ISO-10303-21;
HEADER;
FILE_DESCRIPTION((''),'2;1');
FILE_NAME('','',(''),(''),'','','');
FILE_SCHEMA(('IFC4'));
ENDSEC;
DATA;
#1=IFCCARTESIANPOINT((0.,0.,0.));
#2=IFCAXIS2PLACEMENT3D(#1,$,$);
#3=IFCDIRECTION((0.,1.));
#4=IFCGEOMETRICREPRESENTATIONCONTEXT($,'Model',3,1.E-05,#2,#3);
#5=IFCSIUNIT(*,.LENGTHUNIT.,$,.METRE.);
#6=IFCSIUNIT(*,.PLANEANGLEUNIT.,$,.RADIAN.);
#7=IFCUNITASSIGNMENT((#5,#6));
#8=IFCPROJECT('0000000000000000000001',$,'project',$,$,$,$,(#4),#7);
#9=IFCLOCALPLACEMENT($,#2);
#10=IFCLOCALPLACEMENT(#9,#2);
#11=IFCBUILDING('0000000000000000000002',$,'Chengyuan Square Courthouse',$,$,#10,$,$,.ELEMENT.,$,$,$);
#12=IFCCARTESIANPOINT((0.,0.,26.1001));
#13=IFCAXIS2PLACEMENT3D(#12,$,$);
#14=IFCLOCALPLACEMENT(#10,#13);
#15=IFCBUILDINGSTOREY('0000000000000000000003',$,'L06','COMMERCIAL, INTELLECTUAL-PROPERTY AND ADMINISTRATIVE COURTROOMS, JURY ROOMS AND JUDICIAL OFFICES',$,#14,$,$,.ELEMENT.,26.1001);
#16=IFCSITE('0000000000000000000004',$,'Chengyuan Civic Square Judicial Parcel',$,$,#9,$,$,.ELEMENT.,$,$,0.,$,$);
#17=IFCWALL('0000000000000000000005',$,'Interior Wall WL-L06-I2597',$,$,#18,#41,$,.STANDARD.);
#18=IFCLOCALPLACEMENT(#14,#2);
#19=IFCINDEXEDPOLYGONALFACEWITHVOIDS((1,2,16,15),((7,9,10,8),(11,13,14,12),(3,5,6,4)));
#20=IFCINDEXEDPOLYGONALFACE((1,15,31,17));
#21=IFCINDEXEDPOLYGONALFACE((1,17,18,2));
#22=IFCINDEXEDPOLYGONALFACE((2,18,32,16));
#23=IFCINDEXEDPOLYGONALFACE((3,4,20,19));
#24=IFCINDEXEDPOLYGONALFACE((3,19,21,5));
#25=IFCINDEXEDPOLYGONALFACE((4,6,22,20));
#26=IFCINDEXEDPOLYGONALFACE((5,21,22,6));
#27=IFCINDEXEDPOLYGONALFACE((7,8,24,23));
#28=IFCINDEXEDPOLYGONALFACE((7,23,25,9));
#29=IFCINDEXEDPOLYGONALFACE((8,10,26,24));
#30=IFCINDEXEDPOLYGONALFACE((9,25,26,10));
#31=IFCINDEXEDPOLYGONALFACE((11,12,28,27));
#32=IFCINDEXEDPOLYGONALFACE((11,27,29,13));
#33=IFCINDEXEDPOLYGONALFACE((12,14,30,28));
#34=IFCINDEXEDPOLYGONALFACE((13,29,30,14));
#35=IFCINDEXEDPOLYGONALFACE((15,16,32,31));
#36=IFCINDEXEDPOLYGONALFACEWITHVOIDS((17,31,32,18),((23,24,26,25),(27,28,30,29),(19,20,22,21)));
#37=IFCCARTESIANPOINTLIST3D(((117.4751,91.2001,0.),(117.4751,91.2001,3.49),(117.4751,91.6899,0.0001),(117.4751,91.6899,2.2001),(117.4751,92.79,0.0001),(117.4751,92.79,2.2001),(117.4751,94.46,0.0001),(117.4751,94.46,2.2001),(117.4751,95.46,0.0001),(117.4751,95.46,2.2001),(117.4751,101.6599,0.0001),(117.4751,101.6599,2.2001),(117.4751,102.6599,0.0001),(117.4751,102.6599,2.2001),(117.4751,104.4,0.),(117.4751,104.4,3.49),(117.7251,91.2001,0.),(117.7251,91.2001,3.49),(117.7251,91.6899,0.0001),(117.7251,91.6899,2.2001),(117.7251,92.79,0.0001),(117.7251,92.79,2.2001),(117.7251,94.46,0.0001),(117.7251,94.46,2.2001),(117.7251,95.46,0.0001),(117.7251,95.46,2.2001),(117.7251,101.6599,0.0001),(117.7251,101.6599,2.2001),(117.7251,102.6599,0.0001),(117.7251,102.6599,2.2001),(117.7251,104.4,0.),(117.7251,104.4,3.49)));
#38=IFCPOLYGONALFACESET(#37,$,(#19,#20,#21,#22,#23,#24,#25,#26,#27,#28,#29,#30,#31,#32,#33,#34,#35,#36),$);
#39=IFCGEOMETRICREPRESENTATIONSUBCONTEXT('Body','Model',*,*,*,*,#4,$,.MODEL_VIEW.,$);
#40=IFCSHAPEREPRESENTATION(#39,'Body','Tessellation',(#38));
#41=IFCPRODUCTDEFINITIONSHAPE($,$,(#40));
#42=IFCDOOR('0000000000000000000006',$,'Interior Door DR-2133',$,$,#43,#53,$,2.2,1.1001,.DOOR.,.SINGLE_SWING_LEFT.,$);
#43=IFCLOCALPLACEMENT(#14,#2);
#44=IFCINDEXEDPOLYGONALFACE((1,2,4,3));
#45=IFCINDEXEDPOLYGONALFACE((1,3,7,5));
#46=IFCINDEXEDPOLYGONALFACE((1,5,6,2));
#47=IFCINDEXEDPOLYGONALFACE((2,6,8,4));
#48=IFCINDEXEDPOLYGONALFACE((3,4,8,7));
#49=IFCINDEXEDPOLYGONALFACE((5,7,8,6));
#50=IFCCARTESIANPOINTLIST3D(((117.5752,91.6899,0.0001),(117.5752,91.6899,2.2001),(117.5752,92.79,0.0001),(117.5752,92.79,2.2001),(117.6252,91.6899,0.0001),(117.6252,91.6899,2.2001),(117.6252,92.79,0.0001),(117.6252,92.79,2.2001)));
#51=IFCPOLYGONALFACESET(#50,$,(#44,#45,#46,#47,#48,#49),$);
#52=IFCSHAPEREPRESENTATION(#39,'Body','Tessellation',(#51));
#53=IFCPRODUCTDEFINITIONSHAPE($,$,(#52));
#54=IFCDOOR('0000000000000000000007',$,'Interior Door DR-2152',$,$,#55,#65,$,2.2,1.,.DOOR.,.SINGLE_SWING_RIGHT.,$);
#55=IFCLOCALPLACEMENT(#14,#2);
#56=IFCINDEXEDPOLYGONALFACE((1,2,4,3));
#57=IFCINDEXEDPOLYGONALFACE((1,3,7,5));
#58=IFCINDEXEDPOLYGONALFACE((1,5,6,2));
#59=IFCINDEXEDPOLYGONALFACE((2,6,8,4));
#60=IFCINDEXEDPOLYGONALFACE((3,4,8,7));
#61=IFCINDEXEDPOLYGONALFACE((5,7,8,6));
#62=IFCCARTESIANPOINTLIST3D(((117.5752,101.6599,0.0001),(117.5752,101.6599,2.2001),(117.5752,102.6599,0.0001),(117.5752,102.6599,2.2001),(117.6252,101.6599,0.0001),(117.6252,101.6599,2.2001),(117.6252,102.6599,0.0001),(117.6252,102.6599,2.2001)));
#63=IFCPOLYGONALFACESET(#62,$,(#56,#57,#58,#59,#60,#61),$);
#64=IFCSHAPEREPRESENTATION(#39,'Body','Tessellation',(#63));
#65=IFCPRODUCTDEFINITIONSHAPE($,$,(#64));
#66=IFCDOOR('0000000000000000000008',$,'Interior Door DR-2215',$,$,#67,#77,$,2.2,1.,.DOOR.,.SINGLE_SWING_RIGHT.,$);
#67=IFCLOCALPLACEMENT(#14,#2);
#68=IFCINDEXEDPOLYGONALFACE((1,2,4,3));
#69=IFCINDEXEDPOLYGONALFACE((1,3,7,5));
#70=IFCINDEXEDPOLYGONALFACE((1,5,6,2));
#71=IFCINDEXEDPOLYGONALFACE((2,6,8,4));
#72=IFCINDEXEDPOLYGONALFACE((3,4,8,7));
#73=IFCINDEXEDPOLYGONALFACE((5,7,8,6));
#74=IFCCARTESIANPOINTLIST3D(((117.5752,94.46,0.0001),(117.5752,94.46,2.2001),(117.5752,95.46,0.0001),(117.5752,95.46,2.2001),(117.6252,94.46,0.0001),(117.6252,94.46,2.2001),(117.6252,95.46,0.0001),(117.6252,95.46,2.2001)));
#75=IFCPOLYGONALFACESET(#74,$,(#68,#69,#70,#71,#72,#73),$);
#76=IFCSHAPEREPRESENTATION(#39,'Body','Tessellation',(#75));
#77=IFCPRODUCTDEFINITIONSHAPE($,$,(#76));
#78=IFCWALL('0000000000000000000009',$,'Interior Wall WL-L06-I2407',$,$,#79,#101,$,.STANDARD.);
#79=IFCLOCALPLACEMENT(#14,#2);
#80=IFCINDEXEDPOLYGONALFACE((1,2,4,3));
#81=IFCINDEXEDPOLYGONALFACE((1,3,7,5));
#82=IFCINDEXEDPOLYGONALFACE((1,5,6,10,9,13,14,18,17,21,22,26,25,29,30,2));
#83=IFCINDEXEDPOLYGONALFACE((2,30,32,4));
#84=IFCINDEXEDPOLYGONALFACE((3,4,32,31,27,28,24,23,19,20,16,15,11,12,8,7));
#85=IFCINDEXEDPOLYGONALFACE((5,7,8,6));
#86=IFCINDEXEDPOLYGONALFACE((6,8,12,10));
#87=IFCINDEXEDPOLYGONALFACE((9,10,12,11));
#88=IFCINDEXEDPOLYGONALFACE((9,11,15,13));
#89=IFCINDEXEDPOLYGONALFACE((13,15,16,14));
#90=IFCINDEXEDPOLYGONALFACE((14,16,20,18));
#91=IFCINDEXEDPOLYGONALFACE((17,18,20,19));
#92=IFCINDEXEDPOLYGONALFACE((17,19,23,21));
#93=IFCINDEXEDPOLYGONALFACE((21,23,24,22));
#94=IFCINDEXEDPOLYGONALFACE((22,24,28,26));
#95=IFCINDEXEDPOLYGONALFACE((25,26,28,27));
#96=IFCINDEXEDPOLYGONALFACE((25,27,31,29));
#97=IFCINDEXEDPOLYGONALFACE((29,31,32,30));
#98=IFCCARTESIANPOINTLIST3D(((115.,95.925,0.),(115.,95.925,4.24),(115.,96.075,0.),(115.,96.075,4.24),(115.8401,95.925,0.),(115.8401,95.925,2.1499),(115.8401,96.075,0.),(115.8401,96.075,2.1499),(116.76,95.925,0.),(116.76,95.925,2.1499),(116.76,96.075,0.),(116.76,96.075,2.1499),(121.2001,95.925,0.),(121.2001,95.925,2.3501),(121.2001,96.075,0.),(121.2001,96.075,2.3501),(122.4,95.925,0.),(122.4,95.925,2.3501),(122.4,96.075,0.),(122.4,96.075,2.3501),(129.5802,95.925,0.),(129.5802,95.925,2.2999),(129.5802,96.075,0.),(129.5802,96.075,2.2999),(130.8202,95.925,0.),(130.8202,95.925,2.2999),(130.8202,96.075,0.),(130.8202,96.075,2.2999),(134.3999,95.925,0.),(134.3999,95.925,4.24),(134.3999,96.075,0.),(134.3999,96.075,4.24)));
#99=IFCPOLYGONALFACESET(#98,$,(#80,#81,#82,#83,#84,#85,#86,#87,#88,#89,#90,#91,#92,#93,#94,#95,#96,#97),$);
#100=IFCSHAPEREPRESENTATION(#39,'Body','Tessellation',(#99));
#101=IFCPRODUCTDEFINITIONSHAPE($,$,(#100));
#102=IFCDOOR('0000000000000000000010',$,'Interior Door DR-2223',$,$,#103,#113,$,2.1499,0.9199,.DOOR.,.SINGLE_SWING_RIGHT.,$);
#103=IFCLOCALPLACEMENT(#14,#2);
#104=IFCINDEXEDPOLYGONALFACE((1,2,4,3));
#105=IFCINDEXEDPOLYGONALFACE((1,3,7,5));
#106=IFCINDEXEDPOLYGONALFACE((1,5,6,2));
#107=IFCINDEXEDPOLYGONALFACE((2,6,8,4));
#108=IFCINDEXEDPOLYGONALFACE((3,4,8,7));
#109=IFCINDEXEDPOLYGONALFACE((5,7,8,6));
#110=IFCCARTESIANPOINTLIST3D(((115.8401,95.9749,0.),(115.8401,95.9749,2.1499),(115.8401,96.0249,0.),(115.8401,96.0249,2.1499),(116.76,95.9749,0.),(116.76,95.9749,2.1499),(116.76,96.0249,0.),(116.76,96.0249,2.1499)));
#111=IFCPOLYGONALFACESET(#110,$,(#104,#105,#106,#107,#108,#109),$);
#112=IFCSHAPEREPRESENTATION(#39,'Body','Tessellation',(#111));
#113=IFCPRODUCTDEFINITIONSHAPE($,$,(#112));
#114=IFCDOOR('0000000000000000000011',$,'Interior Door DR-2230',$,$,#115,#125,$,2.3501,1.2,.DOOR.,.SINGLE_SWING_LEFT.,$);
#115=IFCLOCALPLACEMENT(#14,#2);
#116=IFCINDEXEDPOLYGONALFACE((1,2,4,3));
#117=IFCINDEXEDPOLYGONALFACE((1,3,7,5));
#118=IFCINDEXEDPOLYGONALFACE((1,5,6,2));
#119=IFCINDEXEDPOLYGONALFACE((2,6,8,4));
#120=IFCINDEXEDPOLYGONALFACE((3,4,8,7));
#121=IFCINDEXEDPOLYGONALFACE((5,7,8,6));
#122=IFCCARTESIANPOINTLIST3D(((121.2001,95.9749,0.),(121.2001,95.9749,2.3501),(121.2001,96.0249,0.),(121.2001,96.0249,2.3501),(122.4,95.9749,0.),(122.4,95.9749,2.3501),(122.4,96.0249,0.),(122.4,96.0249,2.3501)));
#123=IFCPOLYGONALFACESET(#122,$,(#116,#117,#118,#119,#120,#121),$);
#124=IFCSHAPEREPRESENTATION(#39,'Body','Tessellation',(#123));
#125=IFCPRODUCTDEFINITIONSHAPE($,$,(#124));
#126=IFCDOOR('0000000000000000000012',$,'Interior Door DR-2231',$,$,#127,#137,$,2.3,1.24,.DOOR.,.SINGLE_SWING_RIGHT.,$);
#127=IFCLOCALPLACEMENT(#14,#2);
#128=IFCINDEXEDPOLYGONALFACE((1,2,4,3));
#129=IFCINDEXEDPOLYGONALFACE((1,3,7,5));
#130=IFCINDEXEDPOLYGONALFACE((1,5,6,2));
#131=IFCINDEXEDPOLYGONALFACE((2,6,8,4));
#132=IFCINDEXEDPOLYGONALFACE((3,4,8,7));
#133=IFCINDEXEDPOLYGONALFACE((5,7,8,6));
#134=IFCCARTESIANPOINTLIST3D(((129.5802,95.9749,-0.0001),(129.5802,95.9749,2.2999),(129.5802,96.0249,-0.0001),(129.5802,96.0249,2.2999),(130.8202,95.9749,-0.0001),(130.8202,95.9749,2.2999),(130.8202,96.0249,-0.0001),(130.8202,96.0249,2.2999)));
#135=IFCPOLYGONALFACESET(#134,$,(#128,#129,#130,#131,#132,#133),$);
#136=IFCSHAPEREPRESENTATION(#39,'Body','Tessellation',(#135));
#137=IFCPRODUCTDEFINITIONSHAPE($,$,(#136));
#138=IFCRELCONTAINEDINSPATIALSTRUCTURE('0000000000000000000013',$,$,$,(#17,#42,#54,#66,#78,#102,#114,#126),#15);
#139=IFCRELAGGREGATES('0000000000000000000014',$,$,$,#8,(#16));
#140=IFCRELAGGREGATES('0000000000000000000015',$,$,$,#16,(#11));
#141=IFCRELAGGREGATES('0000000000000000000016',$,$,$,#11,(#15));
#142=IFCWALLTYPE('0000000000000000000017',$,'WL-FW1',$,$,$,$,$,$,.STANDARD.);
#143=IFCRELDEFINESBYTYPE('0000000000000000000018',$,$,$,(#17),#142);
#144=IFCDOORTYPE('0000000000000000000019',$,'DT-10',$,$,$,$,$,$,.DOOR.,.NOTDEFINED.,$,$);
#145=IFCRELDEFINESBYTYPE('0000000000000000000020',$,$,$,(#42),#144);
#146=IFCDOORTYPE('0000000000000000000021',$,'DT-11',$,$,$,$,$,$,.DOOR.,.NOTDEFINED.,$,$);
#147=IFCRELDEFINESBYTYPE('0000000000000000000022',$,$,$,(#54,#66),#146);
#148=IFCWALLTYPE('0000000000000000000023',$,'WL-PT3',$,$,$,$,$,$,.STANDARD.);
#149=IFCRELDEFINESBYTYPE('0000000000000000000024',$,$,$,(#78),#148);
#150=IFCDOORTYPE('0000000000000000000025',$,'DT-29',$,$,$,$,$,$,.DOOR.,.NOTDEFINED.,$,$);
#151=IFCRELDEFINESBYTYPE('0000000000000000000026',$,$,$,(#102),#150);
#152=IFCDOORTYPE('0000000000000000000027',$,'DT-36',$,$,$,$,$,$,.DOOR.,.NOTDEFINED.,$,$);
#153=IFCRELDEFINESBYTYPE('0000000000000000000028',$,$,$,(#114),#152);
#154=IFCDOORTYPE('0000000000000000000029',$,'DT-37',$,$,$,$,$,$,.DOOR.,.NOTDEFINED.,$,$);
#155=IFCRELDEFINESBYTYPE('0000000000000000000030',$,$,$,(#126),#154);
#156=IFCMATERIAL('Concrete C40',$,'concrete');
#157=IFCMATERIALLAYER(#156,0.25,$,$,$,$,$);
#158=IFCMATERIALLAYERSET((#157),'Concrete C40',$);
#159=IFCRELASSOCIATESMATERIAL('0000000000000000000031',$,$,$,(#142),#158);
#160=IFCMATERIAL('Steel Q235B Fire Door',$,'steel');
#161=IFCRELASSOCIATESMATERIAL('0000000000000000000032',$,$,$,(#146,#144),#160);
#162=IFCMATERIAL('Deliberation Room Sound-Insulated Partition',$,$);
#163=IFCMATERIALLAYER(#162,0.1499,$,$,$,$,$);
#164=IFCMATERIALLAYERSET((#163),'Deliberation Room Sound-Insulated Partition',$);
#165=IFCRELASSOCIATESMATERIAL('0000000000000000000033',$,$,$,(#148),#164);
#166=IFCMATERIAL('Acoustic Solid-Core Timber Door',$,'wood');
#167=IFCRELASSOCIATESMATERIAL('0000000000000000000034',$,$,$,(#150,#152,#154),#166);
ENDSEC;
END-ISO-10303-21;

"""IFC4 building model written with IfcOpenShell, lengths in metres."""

from ifc_helpers import new_model, si_unit, direction, frame, frame_2d, origin, place, context, subcontext, project, spatial, rectangle, extrude, material, layer, layer_set, type_object, element, fill, save


model = new_model("IFC4")

# Units and contexts
model_context = context("Model", 3, precision=1e-05, world=origin(), true_north=direction((0.0, 1.0)))
body_context = subcontext(model_context, "Body", "Model", "MODEL_VIEW")
ifc_project = project(units=[si_unit("LENGTHUNIT", "METRE"), si_unit("PLANEANGLEUNIT", "RADIAN")], contexts=[model_context])

# Site, building, storey
site_placement = place(None, origin())
site = spatial("IfcSite", under=ifc_project, at=site_placement, Name="Chengyuan Civic Square Judicial Parcel", CompositionType="ELEMENT", RefElevation=0.0)
building_placement = place(site_placement, origin())
building = spatial("IfcBuilding", under=site, at=building_placement, Name="Chengyuan Square Courthouse", CompositionType="ELEMENT")
storey_placement = place(building_placement, frame((0.0, 0.0, 26.1001)))
storey = spatial("IfcBuildingStorey", under=building, at=storey_placement, Name="L06", Description="COMMERCIAL, INTELLECTUAL-PROPERTY AND ADMINISTRATIVE COURTROOMS, JURY ROOMS AND JUDICIAL OFFICES", CompositionType="ELEMENT", Elevation=26.1001)

# Shared definitions
ifc_material_1 = material(Name="Concrete C40", Category="concrete")

# Shared definitions
ifc_layer_1 = layer(ifc_material_1, 0.25)
ifc_layer_set_1 = layer_set([ifc_layer_1], Name="Concrete C40")
wall_type_1 = type_object("IfcWallType", Name="WL-FW1", PredefinedType="STANDARD", material=ifc_layer_set_1)

# Shared definitions
ifc_material_2 = material(Name="Steel Q235B Fire Door", Category="steel")
door_type_1 = type_object("IfcDoorType", Name="DT-11", OperationType="NOTDEFINED", PredefinedType="DOOR", material=ifc_material_2)

# Walls, openings, doors
wall_1_placement = place(storey_placement, frame((117.6001, 91.2, 0.0), z_axis=(0.0, 0.0, 1.0), x_axis=(0.0, 1.0, 0.0)))
wall_1 = element("IfcWall", 1, at=wall_1_placement, inside=storey, type_object=wall_type_1, Name="Interior Wall WL-L06-I2597", PredefinedType="STANDARD", context=body_context, shape_type="SweptSolid", body=[
    extrude(rectangle(XDim=13.2, YDim=0.25, at=frame_2d((6.6001, 0.0))), origin(), (0.0, 0.0, 1.0), 3.49),
])
opening_1_placement = place(wall_1_placement, frame((0.49, 0.0, 0.0)))
opening_1 = element("IfcOpeningElement", 2, at=opening_1_placement, cuts=wall_1, PredefinedType="OPENING", context=body_context, shape_type="SweptSolid", body=[
    extrude(rectangle(XDim=1.1001, YDim=2.2, at=frame_2d((0.55, 1.1001))), frame((0.0, 0.137, 0.0), z_axis=(0.0, -1.0, 0.0), x_axis=(1.0, 0.0, 0.0)), (0.0, 0.0, 1.0), 0.2739),
])
opening_2_placement = place(wall_1_placement, frame((10.46, 0.0, 0.0)))
opening_2 = element("IfcOpeningElement", 3, at=opening_2_placement, cuts=wall_1, PredefinedType="OPENING", context=body_context, shape_type="SweptSolid", body=[
    extrude(rectangle(XDim=1.0, YDim=2.2, at=frame_2d((0.5, 1.1001))), frame((0.0, 0.137, 0.0), z_axis=(0.0, -1.0, 0.0), x_axis=(1.0, 0.0, 0.0)), (0.0, 0.0, 1.0), 0.2739),
])
opening_3_placement = place(wall_1_placement, frame((3.26, 0.0, 0.0)))
opening_3 = element("IfcOpeningElement", 4, at=opening_3_placement, cuts=wall_1, PredefinedType="OPENING", context=body_context, shape_type="SweptSolid", body=[
    extrude(rectangle(XDim=1.0, YDim=2.2, at=frame_2d((0.5, 1.1001))), frame((0.0, 0.137, 0.0), z_axis=(0.0, -1.0, 0.0), x_axis=(1.0, 0.0, 0.0)), (0.0, 0.0, 1.0), 0.2739),
])
door_type_2 = type_object("IfcDoorType", Name="DT-10", OperationType="NOTDEFINED", PredefinedType="DOOR", material=ifc_material_2)
door_1_placement = place(opening_1_placement, origin())
door_1 = element("IfcDoor", 5, at=door_1_placement, inside=storey, type_object=door_type_2, Name="Interior Door DR-2133", OperationType="SINGLE_SWING_LEFT", OverallHeight=2.2, OverallWidth=1.1001, PredefinedType="DOOR", context=body_context, shape_type="SweptSolid", body=[
    extrude(rectangle(XDim=1.1001, YDim=2.2, at=frame_2d((0.55, 1.1001))), frame((0.0, 0.0249, 0.0), z_axis=(0.0, -1.0, 0.0), x_axis=(1.0, 0.0, 0.0)), (0.0, 0.0, 1.0), 0.05),
])
fill(opening_1, door_1)
door_2_placement = place(opening_2_placement, origin())
door_2 = element("IfcDoor", 6, at=door_2_placement, inside=storey, type_object=door_type_1, Name="Interior Door DR-2152", OperationType="SINGLE_SWING_RIGHT", OverallHeight=2.2, OverallWidth=1.0, PredefinedType="DOOR", context=body_context, shape_type="SweptSolid", body=[
    extrude(rectangle(XDim=1.0, YDim=2.2, at=frame_2d((0.5, 1.1001))), frame((0.0, 0.0249, 0.0), z_axis=(0.0, -1.0, 0.0), x_axis=(1.0, 0.0, 0.0)), (0.0, 0.0, 1.0), 0.05),
])
fill(opening_2, door_2)
door_3_placement = place(opening_3_placement, origin())
door_3 = element("IfcDoor", 7, at=door_3_placement, inside=storey, type_object=door_type_1, Name="Interior Door DR-2215", OperationType="SINGLE_SWING_RIGHT", OverallHeight=2.2, OverallWidth=1.0, PredefinedType="DOOR", context=body_context, shape_type="SweptSolid", body=[
    extrude(rectangle(XDim=1.0, YDim=2.2, at=frame_2d((0.5, 1.1001))), frame((0.0, 0.0249, 0.0), z_axis=(0.0, -1.0, 0.0), x_axis=(1.0, 0.0, 0.0)), (0.0, 0.0, 1.0), 0.05),
])
fill(opening_3, door_3)
ifc_material_3 = material(Name="Deliberation Room Sound-Insulated Partition")
ifc_layer_2 = layer(ifc_material_3, 0.1499)
ifc_layer_set_2 = layer_set([ifc_layer_2], Name="Deliberation Room Sound-Insulated Partition")
wall_type_2 = type_object("IfcWallType", Name="WL-PT3", PredefinedType="STANDARD", material=ifc_layer_set_2)
wall_2_placement = place(storey_placement, frame((115.0, 96.0, 0.0), z_axis=(0.0, 0.0, 1.0), x_axis=(1.0, 0.0, 0.0)))
wall_2 = element("IfcWall", 8, at=wall_2_placement, inside=storey, type_object=wall_type_2, Name="Interior Wall WL-L06-I2407", PredefinedType="STANDARD", context=body_context, shape_type="SweptSolid", body=[
    extrude(rectangle(XDim=19.3999, YDim=0.1499, at=frame_2d((9.7, 0.0))), origin(), (0.0, 0.0, 1.0), 4.24),
])
opening_4_placement = place(wall_2_placement, frame((0.8401, 0.0, 0.0)))
opening_4 = element("IfcOpeningElement", 9, at=opening_4_placement, cuts=wall_2, PredefinedType="OPENING", context=body_context, shape_type="SweptSolid", body=[
    extrude(rectangle(XDim=0.9199, YDim=2.1499, at=frame_2d((0.46, 1.075))), frame((0.0, 0.0869, 0.0), z_axis=(0.0, -1.0, 0.0), x_axis=(1.0, 0.0, 0.0)), (0.0, 0.0, 1.0), 0.1738),
])
opening_5_placement = place(wall_2_placement, frame((6.2, 0.0, 0.0)))
opening_5 = element("IfcOpeningElement", 10, at=opening_5_placement, cuts=wall_2, PredefinedType="OPENING", context=body_context, shape_type="SweptSolid", body=[
    extrude(rectangle(XDim=1.2, YDim=2.3501, at=frame_2d((0.6001, 1.175))), frame((0.0, 0.0869, 0.0), z_axis=(0.0, -1.0, 0.0), x_axis=(1.0, 0.0, 0.0)), (0.0, 0.0, 1.0), 0.1738),
])
opening_6_placement = place(wall_2_placement, frame((14.5801, 0.0, 0.0)))
opening_6 = element("IfcOpeningElement", 11, at=opening_6_placement, cuts=wall_2, PredefinedType="OPENING", context=body_context, shape_type="SweptSolid", body=[
    extrude(rectangle(XDim=1.24, YDim=2.3, at=frame_2d((0.6201, 1.1499))), frame((0.0, 0.0869, 0.0), z_axis=(0.0, -1.0, 0.0), x_axis=(1.0, 0.0, 0.0)), (0.0, 0.0, 1.0), 0.1738),
])
ifc_material_4 = material(Name="Acoustic Solid-Core Timber Door", Category="wood")
door_type_3 = type_object("IfcDoorType", Name="DT-29", OperationType="NOTDEFINED", PredefinedType="DOOR", material=ifc_material_4)
door_4_placement = place(opening_4_placement, origin())
door_4 = element("IfcDoor", 12, at=door_4_placement, inside=storey, type_object=door_type_3, Name="Interior Door DR-2223", OperationType="SINGLE_SWING_RIGHT", OverallHeight=2.1499, OverallWidth=0.9199, PredefinedType="DOOR", context=body_context, shape_type="SweptSolid", body=[
    extrude(rectangle(XDim=0.9199, YDim=2.1499, at=frame_2d((0.46, 1.075))), frame((0.0, 0.0249, 0.0), z_axis=(0.0, -1.0, 0.0), x_axis=(1.0, 0.0, 0.0)), (0.0, 0.0, 1.0), 0.05),
])
fill(opening_4, door_4)
door_type_4 = type_object("IfcDoorType", Name="DT-36", OperationType="NOTDEFINED", PredefinedType="DOOR", material=ifc_material_4)
door_5_placement = place(opening_5_placement, origin())
door_5 = element("IfcDoor", 13, at=door_5_placement, inside=storey, type_object=door_type_4, Name="Interior Door DR-2230", OperationType="SINGLE_SWING_LEFT", OverallHeight=2.3501, OverallWidth=1.2, PredefinedType="DOOR", context=body_context, shape_type="SweptSolid", body=[
    extrude(rectangle(XDim=1.2, YDim=2.3501, at=frame_2d((0.6001, 1.175))), frame((0.0, 0.0249, 0.0), z_axis=(0.0, -1.0, 0.0), x_axis=(1.0, 0.0, 0.0)), (0.0, 0.0, 1.0), 0.05),
])
fill(opening_5, door_5)
door_type_5 = type_object("IfcDoorType", Name="DT-37", OperationType="NOTDEFINED", PredefinedType="DOOR", material=ifc_material_4)
door_6_placement = place(opening_6_placement, origin())
door_6 = element("IfcDoor", 14, at=door_6_placement, inside=storey, type_object=door_type_5, Name="Interior Door DR-2231", OperationType="SINGLE_SWING_RIGHT", OverallHeight=2.3, OverallWidth=1.24, PredefinedType="DOOR", context=body_context, shape_type="SweptSolid", body=[
    extrude(rectangle(XDim=1.24, YDim=2.3, at=frame_2d((0.6201, 1.1499))), frame((0.0, 0.0249, 0.0), z_axis=(0.0, -1.0, 0.0), x_axis=(1.0, 0.0, 0.0)), (0.0, 0.0, 1.0), 0.05),
])
fill(opening_6, door_6)

save(model, "model.ifc")
